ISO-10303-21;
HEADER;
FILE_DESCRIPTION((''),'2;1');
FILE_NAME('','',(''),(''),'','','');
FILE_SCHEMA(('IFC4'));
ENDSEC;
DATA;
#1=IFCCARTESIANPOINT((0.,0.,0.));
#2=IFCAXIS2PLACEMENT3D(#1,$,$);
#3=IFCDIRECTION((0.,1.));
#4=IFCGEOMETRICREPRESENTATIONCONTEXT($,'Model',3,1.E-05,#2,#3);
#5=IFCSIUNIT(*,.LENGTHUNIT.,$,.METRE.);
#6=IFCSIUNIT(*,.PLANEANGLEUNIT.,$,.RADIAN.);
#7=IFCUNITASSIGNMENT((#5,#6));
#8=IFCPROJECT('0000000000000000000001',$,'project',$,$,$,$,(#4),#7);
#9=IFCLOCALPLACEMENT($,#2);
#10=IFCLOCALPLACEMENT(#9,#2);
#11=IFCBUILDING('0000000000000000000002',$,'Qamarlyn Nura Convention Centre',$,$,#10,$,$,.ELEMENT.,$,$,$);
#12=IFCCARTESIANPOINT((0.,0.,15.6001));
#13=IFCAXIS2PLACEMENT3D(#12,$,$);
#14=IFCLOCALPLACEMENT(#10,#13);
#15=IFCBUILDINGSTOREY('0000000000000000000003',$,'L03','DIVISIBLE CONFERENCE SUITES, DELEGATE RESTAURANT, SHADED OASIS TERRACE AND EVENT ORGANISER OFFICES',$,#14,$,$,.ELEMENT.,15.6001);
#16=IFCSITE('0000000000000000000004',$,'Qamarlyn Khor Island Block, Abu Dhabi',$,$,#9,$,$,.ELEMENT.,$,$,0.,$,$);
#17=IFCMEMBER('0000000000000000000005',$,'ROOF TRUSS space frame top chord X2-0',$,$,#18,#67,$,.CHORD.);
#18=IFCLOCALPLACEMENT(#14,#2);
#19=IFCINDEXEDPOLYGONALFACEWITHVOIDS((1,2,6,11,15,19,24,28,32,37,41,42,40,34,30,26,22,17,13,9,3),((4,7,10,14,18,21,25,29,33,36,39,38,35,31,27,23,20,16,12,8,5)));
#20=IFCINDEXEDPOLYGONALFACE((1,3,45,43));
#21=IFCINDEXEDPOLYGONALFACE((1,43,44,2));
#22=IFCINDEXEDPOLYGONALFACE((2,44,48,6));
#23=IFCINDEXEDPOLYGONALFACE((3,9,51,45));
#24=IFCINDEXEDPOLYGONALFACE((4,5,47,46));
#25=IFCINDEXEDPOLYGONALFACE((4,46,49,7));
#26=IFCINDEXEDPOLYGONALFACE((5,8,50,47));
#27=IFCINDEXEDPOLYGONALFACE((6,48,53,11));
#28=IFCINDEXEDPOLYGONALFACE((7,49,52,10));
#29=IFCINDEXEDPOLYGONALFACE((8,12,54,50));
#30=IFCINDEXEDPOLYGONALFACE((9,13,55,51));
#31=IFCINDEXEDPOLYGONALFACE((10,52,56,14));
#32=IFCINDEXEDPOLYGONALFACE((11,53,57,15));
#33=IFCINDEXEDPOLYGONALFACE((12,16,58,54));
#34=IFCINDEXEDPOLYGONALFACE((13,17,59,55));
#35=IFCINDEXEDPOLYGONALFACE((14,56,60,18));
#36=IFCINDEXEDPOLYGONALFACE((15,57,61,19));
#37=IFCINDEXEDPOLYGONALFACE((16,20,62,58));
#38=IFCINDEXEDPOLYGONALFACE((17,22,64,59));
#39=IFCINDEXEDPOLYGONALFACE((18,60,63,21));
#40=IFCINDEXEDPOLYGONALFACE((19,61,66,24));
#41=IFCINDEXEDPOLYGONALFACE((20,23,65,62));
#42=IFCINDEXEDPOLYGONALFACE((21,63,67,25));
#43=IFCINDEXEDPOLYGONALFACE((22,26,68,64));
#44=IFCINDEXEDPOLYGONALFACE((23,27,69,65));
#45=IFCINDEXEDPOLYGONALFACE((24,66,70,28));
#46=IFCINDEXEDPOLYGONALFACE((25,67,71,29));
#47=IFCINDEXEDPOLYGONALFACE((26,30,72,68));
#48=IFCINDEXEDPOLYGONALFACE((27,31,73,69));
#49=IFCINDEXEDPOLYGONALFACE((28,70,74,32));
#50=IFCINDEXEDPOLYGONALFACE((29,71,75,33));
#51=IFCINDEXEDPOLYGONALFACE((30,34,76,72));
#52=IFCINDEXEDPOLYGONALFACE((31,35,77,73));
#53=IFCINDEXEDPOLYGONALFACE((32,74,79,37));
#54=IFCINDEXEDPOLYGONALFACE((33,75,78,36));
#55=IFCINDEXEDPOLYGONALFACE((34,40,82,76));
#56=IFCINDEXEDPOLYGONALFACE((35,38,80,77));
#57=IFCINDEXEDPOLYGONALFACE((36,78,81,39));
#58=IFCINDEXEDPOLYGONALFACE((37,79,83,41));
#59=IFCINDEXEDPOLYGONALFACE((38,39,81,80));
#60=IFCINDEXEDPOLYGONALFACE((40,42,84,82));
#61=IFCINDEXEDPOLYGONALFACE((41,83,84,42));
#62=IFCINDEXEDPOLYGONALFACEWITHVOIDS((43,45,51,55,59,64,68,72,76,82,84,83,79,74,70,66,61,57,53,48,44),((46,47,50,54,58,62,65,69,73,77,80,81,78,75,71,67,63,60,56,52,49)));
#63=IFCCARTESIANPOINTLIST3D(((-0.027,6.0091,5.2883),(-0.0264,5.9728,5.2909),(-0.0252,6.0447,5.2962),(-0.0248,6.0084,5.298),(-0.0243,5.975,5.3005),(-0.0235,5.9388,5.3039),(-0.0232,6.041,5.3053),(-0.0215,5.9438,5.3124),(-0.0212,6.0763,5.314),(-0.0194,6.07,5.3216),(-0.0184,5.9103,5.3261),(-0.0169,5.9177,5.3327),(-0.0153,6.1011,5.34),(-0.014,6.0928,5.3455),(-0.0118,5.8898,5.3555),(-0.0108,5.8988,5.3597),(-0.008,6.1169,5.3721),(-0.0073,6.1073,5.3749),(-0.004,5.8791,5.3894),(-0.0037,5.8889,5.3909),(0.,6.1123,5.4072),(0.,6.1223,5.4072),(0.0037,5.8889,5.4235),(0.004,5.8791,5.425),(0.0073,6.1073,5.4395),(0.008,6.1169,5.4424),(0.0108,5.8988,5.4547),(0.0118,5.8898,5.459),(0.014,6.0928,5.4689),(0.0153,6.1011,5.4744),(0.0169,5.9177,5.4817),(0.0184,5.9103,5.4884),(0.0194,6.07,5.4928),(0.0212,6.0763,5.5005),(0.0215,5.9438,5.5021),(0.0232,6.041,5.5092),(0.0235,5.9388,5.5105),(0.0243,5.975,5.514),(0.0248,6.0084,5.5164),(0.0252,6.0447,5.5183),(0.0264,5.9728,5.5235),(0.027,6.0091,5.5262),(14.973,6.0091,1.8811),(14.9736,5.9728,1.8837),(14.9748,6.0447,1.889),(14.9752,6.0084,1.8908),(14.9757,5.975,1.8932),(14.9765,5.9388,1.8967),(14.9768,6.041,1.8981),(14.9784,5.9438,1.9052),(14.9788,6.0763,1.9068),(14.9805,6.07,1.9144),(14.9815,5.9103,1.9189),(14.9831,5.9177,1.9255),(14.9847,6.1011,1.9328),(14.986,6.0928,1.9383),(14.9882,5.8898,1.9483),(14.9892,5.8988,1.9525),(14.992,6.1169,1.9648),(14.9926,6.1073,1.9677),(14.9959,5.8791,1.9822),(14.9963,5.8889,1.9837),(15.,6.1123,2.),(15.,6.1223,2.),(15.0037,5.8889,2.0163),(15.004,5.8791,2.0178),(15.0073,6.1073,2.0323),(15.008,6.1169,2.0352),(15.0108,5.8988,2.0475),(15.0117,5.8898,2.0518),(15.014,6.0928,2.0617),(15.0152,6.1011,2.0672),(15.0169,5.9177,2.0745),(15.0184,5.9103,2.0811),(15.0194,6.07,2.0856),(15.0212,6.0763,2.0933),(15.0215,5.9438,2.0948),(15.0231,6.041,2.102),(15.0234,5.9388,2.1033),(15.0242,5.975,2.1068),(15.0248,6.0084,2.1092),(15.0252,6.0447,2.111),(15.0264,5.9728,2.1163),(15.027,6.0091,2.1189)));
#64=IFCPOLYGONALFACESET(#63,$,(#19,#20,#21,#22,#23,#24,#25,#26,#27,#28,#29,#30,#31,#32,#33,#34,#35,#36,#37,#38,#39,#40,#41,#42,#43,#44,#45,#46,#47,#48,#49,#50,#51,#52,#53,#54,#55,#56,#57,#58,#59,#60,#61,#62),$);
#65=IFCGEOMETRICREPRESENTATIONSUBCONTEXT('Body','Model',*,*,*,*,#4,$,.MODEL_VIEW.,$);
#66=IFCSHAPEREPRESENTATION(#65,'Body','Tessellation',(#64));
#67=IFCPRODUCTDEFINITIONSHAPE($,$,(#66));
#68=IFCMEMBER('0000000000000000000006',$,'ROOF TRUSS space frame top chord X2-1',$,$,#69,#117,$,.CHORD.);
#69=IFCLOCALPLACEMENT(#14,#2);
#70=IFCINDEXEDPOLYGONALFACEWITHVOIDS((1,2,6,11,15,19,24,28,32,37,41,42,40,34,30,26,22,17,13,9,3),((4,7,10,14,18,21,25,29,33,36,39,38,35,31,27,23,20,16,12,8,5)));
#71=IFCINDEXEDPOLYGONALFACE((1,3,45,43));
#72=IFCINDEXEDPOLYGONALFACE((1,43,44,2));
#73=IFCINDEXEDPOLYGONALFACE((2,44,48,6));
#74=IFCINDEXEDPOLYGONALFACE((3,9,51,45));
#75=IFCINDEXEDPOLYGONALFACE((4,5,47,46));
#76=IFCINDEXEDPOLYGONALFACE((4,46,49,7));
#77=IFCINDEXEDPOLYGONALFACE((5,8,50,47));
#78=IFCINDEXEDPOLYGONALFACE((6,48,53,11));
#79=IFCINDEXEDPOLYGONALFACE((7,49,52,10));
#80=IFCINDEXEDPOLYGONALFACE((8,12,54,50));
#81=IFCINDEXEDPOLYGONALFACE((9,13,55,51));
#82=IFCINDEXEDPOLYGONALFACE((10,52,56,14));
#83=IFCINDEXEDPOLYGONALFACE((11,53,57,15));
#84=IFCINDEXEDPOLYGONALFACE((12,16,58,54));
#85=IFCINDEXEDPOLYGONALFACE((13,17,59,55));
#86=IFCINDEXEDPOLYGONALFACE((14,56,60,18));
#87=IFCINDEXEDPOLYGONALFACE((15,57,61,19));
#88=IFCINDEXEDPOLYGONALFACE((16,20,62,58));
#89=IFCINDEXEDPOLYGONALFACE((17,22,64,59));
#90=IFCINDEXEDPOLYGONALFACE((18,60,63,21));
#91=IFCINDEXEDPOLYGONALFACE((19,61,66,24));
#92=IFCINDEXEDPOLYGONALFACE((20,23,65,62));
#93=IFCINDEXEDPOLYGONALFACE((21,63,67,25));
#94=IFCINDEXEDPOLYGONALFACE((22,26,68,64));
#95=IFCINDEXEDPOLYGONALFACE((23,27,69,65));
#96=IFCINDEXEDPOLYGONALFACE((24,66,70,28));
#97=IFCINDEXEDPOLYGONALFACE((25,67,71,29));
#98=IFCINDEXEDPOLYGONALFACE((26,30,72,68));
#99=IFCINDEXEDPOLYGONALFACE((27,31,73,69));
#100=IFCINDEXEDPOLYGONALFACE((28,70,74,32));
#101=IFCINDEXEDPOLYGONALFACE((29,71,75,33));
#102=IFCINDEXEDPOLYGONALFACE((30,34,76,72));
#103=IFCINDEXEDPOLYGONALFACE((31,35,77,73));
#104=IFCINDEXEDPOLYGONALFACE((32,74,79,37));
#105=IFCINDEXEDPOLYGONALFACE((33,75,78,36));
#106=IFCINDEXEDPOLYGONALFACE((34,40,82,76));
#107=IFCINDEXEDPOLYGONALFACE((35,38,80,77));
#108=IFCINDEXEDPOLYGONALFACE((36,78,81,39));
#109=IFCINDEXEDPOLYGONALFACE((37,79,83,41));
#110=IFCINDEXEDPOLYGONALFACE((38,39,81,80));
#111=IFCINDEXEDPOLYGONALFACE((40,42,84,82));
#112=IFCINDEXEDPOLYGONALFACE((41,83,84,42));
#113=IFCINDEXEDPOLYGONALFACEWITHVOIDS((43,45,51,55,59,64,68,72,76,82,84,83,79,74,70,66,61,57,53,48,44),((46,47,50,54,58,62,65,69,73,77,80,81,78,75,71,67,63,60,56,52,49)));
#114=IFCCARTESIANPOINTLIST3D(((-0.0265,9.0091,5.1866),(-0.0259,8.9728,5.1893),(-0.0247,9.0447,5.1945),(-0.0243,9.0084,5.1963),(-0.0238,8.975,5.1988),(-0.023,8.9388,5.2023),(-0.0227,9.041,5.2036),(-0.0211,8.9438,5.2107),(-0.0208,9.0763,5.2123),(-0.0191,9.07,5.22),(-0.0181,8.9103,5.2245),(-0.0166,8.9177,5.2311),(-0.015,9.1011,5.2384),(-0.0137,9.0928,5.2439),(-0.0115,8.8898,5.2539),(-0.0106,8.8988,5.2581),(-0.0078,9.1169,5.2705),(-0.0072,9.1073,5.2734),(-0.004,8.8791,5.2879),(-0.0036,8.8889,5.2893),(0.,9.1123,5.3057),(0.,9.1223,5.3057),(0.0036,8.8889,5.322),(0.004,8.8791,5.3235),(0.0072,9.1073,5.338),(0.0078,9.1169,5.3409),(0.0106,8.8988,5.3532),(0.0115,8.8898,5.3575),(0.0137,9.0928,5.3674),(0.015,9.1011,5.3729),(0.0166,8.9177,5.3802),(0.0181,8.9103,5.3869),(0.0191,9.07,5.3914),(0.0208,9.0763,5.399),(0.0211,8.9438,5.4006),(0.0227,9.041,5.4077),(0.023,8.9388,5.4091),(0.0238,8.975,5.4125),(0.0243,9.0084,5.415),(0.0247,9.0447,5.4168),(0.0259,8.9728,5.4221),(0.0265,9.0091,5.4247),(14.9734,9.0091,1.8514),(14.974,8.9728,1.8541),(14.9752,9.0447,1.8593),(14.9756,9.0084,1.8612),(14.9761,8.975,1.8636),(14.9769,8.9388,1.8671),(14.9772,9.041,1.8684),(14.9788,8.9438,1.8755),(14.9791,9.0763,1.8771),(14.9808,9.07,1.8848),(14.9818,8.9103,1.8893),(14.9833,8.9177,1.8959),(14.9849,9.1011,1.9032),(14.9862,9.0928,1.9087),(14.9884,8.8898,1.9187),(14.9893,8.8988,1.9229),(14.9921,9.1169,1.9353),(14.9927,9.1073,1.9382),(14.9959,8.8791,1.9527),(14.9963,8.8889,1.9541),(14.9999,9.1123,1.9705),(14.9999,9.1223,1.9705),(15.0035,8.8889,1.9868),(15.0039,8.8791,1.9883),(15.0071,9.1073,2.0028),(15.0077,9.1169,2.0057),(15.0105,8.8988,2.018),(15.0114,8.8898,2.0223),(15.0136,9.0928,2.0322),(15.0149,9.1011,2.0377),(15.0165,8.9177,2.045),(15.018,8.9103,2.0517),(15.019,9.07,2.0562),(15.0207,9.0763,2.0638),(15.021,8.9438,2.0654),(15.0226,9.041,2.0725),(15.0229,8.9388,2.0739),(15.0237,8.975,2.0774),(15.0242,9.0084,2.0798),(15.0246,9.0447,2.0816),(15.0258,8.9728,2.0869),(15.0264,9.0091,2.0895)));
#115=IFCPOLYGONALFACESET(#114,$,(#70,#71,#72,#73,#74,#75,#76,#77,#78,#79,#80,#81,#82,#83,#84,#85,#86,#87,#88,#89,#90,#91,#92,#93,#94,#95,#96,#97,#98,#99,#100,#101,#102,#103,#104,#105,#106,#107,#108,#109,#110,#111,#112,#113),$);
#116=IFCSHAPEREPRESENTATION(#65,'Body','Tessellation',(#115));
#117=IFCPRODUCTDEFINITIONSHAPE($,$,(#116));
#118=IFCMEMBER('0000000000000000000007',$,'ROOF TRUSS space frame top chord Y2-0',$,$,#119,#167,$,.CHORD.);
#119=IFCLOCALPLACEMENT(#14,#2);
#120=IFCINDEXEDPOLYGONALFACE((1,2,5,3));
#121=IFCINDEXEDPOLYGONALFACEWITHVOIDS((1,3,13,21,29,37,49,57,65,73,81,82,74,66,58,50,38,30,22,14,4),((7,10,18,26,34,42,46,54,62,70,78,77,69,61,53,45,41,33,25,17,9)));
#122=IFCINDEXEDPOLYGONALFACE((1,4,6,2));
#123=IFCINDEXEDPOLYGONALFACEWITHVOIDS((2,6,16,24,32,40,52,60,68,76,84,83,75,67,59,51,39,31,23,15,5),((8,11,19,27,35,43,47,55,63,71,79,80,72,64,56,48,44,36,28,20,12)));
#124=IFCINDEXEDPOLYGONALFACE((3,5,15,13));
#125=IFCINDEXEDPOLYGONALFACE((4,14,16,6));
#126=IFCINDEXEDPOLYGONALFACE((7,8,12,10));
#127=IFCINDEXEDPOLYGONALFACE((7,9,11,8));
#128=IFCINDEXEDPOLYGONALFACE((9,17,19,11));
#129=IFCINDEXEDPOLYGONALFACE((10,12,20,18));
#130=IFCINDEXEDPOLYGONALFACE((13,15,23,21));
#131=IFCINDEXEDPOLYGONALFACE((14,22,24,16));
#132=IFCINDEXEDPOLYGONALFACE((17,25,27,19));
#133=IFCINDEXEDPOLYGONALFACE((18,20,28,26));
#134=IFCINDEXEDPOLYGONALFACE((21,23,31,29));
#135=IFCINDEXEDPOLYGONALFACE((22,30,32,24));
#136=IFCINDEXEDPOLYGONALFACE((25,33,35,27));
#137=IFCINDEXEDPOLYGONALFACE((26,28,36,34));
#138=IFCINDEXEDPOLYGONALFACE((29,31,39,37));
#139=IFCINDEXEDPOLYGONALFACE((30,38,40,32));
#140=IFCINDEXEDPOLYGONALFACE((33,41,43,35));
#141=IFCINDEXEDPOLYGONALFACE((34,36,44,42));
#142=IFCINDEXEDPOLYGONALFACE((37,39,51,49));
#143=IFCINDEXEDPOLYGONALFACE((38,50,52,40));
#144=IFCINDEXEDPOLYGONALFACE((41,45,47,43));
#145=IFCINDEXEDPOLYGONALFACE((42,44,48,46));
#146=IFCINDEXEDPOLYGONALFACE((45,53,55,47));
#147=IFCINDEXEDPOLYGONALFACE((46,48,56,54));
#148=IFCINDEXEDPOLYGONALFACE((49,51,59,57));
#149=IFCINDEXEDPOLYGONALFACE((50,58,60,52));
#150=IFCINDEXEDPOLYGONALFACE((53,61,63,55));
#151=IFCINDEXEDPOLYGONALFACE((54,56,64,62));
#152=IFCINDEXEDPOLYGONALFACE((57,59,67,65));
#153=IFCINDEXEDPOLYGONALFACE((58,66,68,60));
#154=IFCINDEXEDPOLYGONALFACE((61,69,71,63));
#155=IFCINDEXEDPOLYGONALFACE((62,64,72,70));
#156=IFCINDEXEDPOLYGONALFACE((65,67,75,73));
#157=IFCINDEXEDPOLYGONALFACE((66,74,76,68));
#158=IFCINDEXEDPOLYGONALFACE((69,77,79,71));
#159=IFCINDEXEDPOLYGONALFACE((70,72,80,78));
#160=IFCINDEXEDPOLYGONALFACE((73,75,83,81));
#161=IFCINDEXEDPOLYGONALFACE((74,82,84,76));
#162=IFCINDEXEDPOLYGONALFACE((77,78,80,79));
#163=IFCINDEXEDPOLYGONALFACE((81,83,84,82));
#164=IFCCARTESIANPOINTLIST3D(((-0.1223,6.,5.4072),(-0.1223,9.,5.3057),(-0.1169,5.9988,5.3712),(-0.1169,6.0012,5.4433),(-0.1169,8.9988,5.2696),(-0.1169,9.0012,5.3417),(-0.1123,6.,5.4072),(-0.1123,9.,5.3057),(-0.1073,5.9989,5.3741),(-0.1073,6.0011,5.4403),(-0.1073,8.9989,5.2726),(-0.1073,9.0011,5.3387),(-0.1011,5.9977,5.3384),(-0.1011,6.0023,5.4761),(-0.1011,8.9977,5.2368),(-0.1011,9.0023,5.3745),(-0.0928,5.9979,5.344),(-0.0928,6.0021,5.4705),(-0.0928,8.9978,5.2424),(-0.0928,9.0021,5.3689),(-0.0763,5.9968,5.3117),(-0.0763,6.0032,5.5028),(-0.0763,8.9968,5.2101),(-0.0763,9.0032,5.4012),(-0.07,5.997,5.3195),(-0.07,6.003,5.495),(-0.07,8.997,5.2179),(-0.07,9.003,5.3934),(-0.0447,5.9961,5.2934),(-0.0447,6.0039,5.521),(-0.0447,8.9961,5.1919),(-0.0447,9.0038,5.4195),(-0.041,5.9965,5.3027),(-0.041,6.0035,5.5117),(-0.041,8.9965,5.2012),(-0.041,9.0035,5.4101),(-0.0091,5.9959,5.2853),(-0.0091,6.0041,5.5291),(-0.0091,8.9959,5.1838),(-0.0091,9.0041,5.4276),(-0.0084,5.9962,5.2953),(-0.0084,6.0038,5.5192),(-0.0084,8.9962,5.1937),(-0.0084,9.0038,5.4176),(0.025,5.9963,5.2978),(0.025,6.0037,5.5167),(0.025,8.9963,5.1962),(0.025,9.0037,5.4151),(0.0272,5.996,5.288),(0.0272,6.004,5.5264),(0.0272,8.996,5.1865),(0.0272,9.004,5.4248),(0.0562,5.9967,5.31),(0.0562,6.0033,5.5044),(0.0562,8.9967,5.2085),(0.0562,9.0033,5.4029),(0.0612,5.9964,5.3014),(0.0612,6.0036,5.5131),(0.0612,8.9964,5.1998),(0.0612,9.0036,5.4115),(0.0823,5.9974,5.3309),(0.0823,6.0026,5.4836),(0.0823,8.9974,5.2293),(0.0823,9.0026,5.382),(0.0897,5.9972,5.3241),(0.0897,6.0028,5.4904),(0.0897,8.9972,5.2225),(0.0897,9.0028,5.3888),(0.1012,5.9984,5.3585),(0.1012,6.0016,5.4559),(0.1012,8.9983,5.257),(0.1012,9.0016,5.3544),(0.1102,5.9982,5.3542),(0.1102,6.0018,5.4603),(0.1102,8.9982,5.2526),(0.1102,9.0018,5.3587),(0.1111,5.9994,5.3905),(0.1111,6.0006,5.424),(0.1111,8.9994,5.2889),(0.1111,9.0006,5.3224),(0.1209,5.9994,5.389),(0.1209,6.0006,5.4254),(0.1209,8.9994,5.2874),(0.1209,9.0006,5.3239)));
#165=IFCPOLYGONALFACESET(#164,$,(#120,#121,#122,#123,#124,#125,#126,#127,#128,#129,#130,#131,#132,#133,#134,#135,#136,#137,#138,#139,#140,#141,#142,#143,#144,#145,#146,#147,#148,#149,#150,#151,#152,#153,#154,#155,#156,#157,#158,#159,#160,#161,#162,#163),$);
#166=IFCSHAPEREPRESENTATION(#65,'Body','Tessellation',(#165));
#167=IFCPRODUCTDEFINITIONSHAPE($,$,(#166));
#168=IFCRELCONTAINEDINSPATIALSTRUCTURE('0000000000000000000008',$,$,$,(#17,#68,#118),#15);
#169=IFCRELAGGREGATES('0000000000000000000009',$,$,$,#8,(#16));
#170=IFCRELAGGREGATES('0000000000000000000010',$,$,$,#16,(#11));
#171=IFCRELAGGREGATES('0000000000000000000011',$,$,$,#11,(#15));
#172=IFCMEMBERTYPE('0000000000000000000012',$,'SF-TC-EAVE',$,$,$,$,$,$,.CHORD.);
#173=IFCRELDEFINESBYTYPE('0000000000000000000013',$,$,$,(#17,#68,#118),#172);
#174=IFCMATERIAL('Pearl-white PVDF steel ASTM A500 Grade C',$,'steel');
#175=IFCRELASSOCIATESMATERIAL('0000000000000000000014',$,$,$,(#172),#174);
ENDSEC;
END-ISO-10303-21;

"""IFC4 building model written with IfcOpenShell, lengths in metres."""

from ifc_helpers import new_model, si_unit, direction, frame, origin, origin_2d, place, context, subcontext, project, spatial, hollow_circle, extrude, material, material_profile, profile_set, type_object, element, save


model = new_model("IFC4")

# Units and contexts
model_context = context("Model", 3, precision=1e-05, world=origin(), true_north=direction((0.0, 1.0)))
body_context = subcontext(model_context, "Body", "Model", "MODEL_VIEW")
ifc_project = project(units=[si_unit("LENGTHUNIT", "METRE"), si_unit("PLANEANGLEUNIT", "RADIAN")], contexts=[model_context])

# Site, building, storey
site_placement = place(None, origin())
site = spatial("IfcSite", under=ifc_project, at=site_placement, Name="Qamarlyn Khor Island Block, Abu Dhabi", CompositionType="ELEMENT", RefElevation=0.0)
building_placement = place(site_placement, origin())
building = spatial("IfcBuilding", under=site, at=building_placement, Name="Qamarlyn Nura Convention Centre", CompositionType="ELEMENT")
storey_placement = place(building_placement, frame((0.0, 0.0, 15.6001)))
storey = spatial("IfcBuildingStorey", under=building, at=storey_placement, Name="L03", Description="DIVISIBLE CONFERENCE SUITES, DELEGATE RESTAURANT, SHADED OASIS TERRACE AND EVENT ORGANISER OFFICES", CompositionType="ELEMENT", Elevation=15.6001)

# Members
ifc_material_1 = material(Name="Pearl-white PVDF steel ASTM A500 Grade C", Category="steel")
ifc_material_profile = material_profile(ifc_material_1, hollow_circle(Radius=0.1223, WallThickness=0.01, at=origin_2d()), Name="CHS244.5X10")
ifc_profile_set = profile_set([ifc_material_profile], Name="Pearl-white PVDF steel ASTM A500 Grade C")
member_type = type_object("IfcMemberType", Name="SF-TC-EAVE", PredefinedType="CHORD", material=ifc_profile_set)
member_1_placement = place(storey_placement, frame((0.0, 6.0, 5.4072), z_axis=(0.975159, 0.0, -0.221506), x_axis=(0.0, 1.0, 0.0)))
element("IfcMember", 1, at=member_1_placement, inside=storey, type_object=member_type, Name="ROOF TRUSS space frame top chord X2-0", PredefinedType="CHORD", context=body_context, shape_type="SweptSolid", body=[
    extrude(hollow_circle(Radius=0.1223, WallThickness=0.01, at=origin_2d()), origin(), (0.0, 0.0, 1.0), 15.3821),
])
member_2_placement = place(storey_placement, frame((0.0, 9.0, 5.3057), z_axis=(0.976161, 0.0, -0.217047), x_axis=(0.0, 1.0, 0.0)))
element("IfcMember", 2, at=member_2_placement, inside=storey, type_object=member_type, Name="ROOF TRUSS space frame top chord X2-1", PredefinedType="CHORD", context=body_context, shape_type="SweptSolid", body=[
    extrude(hollow_circle(Radius=0.1223, WallThickness=0.01, at=origin_2d()), origin(), (0.0, 0.0, 1.0), 15.3662),
])
member_3_placement = place(storey_placement, frame((0.0, 6.0, 5.4072), z_axis=(0.0, 0.999427, -0.033835), x_axis=(-1.0, 0.0, 0.0)))
element("IfcMember", 3, at=member_3_placement, inside=storey, type_object=member_type, Name="ROOF TRUSS space frame top chord Y2-0", PredefinedType="CHORD", context=body_context, shape_type="SweptSolid", body=[
    extrude(hollow_circle(Radius=0.1223, WallThickness=0.01, at=origin_2d()), origin(), (0.0, 0.0, 1.0), 3.0017),
])

save(model, "model.ifc")
